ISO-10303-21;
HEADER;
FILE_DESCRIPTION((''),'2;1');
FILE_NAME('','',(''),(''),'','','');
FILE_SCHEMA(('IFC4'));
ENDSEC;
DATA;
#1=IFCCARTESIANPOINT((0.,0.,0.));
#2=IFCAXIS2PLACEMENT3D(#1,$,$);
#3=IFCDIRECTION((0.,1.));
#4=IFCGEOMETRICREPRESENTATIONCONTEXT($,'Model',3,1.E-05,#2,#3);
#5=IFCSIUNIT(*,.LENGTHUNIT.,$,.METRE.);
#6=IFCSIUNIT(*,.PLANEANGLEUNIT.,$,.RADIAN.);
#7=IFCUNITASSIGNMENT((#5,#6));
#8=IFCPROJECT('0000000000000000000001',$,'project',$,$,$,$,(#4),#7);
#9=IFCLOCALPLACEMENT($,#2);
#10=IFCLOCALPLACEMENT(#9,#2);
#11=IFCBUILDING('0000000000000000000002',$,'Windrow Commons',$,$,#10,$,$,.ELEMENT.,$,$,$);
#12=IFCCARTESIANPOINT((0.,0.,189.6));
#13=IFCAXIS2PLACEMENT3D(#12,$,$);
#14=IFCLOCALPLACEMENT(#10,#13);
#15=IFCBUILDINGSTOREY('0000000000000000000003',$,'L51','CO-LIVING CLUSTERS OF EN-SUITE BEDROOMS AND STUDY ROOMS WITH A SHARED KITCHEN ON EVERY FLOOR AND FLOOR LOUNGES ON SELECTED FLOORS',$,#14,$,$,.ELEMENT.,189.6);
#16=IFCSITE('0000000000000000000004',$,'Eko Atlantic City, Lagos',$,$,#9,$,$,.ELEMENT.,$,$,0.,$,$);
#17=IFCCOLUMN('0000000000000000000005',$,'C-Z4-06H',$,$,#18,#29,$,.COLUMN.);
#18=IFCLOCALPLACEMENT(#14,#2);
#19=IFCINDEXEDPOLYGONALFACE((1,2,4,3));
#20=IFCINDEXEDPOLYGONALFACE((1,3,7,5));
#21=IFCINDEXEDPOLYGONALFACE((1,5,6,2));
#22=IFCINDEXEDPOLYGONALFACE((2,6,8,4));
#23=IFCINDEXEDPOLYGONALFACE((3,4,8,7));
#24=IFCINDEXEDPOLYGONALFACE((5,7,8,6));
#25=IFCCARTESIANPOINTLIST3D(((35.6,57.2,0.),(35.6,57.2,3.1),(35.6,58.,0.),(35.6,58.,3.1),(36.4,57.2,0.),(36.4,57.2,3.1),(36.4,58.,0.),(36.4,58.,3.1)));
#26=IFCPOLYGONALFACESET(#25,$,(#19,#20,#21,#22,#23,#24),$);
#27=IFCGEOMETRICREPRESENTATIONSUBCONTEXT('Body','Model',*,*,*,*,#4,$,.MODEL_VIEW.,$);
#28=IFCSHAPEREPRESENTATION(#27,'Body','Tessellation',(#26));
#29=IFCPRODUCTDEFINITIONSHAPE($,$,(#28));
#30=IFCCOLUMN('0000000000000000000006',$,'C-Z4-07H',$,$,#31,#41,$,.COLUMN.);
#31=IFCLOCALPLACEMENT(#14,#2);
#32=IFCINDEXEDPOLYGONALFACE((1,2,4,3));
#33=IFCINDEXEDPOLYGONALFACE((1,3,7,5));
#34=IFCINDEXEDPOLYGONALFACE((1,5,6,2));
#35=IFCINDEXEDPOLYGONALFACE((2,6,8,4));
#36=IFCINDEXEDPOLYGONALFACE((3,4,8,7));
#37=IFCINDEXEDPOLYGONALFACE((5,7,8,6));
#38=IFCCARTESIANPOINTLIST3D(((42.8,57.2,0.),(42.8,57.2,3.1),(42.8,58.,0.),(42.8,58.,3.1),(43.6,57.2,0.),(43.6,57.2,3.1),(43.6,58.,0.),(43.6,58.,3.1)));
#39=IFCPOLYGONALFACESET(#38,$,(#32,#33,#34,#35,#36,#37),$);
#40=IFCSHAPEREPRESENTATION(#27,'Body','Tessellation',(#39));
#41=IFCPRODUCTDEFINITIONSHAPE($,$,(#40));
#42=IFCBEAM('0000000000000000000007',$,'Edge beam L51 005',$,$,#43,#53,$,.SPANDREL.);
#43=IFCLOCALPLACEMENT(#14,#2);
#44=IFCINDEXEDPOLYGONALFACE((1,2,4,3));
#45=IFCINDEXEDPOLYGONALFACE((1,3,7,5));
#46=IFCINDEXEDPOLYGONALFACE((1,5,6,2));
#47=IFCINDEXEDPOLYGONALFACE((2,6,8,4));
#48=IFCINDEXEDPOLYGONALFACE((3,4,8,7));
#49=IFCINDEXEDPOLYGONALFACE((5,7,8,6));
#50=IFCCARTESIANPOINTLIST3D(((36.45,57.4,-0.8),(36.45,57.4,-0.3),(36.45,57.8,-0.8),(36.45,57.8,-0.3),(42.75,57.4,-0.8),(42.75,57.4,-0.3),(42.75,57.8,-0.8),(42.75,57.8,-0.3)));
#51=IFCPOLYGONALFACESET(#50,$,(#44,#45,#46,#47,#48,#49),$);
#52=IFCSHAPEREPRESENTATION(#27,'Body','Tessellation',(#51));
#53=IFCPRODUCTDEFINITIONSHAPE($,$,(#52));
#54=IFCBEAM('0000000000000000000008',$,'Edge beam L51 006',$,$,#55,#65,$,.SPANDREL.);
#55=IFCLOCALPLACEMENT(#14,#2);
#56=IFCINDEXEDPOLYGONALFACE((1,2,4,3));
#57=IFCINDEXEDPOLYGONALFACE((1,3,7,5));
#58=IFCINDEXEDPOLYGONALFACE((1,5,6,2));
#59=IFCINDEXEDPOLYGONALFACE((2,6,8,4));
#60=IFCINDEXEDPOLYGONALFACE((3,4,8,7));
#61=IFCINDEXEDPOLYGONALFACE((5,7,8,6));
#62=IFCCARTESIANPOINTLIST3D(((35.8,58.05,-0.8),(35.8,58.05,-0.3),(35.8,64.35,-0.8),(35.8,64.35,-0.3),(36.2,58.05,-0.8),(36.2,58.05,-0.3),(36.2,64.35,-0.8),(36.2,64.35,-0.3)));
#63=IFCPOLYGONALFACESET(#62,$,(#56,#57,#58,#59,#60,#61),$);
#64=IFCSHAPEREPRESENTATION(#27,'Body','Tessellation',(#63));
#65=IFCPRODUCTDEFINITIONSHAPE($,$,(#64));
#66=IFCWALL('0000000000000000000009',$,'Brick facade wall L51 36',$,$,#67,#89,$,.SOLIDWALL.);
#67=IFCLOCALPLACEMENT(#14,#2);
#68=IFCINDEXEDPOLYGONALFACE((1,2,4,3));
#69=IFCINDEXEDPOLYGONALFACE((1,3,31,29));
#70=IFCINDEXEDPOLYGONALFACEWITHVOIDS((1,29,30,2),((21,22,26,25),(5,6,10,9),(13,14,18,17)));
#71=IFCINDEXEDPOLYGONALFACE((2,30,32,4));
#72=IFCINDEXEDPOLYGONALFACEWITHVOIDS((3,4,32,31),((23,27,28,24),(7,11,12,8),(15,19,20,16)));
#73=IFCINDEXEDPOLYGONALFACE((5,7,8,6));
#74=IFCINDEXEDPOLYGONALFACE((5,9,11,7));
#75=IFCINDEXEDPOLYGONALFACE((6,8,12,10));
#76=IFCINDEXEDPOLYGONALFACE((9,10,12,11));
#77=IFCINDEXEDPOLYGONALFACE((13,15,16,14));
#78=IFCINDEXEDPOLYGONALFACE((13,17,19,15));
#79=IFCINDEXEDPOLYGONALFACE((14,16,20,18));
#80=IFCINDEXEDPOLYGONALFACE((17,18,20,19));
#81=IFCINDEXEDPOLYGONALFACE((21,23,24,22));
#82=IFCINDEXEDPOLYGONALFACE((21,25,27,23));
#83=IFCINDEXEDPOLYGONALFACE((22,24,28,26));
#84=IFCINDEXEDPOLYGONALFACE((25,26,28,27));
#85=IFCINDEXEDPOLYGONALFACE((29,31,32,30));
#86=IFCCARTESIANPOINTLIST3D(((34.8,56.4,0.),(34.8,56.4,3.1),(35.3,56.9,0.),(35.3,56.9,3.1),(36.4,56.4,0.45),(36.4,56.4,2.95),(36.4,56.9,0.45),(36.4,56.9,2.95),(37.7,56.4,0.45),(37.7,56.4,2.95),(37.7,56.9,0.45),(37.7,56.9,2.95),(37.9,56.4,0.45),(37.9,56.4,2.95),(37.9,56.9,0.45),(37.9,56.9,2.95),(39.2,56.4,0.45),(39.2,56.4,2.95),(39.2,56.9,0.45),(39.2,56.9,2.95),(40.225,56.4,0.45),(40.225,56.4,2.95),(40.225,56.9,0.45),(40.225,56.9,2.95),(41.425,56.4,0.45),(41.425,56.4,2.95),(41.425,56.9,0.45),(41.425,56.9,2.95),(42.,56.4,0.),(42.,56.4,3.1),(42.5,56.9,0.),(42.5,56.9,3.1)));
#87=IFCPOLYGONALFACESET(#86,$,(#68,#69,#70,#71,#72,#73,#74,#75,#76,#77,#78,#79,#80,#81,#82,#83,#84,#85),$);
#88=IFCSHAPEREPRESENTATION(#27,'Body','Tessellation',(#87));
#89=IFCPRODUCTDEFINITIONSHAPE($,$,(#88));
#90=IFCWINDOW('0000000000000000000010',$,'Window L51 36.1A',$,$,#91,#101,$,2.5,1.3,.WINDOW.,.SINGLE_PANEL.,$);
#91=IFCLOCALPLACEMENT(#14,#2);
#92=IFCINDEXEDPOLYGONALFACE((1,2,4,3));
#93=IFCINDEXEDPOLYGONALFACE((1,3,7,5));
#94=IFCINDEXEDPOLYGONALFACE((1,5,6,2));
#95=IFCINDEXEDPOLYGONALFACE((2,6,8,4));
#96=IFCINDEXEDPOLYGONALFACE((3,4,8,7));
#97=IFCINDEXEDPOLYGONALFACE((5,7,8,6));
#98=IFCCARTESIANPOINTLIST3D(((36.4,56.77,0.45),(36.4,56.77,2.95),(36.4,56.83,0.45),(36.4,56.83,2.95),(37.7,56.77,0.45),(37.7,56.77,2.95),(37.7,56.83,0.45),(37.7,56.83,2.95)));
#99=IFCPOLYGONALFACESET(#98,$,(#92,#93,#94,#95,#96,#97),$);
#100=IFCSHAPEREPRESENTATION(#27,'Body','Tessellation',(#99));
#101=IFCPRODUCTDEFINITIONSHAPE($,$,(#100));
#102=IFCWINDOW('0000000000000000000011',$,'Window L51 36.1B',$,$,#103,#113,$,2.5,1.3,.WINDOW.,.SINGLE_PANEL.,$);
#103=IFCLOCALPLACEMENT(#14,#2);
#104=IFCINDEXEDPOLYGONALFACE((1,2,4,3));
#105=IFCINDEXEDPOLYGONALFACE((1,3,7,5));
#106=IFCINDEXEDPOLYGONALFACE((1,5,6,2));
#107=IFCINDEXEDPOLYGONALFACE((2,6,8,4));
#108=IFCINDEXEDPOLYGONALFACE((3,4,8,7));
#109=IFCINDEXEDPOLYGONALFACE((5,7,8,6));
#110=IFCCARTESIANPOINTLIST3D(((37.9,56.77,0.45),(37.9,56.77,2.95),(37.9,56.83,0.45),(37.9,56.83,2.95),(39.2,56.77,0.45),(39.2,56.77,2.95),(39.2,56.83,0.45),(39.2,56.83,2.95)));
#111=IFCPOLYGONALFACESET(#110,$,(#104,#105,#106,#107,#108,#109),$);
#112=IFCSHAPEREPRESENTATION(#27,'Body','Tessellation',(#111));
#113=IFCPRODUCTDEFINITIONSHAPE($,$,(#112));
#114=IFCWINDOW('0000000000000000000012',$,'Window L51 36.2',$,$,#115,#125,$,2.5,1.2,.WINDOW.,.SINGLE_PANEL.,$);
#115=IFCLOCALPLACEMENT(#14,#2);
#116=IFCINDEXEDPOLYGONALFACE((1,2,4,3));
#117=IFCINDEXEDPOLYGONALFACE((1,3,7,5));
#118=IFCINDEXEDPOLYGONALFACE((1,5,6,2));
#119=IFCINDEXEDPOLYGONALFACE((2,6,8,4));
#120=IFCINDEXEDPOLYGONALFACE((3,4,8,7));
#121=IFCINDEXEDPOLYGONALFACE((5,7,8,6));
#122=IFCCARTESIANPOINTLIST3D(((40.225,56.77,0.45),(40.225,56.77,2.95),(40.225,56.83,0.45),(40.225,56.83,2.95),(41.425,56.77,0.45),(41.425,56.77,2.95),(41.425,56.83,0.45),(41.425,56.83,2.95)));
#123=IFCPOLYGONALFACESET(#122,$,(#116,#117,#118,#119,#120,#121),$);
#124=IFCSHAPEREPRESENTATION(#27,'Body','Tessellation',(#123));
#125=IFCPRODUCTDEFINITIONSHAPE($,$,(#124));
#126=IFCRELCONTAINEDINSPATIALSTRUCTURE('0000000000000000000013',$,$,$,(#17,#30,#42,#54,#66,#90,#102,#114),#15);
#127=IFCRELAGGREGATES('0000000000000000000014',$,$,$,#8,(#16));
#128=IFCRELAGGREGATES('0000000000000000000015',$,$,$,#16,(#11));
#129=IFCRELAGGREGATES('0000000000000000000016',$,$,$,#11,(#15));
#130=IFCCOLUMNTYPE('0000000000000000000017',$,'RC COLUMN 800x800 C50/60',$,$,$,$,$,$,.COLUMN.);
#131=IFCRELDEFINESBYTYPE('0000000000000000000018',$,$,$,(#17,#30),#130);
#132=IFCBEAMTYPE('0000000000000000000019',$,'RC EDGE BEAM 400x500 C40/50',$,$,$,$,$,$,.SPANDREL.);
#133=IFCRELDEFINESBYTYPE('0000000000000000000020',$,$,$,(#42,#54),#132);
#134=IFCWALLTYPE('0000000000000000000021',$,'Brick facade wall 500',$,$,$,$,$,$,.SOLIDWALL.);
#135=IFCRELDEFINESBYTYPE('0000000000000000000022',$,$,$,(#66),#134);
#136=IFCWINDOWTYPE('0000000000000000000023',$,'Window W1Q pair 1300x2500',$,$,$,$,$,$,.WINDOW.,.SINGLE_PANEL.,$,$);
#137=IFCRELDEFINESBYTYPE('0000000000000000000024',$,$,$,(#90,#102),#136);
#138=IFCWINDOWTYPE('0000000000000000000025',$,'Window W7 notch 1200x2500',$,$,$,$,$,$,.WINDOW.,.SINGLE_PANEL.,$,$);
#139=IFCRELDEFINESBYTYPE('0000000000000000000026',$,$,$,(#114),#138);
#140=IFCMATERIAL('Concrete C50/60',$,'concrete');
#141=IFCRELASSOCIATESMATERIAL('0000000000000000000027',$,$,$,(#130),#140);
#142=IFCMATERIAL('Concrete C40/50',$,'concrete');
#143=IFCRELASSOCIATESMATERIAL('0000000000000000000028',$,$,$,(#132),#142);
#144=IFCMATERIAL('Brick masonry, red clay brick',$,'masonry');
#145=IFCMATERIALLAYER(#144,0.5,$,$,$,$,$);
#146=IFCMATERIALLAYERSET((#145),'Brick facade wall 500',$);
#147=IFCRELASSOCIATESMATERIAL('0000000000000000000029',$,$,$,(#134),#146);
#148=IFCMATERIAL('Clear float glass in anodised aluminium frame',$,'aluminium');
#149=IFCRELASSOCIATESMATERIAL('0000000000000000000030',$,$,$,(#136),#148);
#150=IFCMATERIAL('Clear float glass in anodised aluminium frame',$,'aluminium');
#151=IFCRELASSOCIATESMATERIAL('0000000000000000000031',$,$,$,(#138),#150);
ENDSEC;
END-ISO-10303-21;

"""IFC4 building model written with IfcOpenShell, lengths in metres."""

from ifc_helpers import new_model, si_unit, direction, frame, frame_2d, origin, origin_2d, place, context, subcontext, project, spatial, polyline, rectangle, outline, extrude, material, layer, layer_set, material_profile, profile_set, type_object, element, fill, save


model = new_model("IFC4")

# Units and contexts
model_context = context("Model", 3, precision=1e-05, world=origin(), true_north=direction((0.0, 1.0)))
body_context = subcontext(model_context, "Body", "Model", "MODEL_VIEW")
ifc_project = project(units=[si_unit("LENGTHUNIT", "METRE"), si_unit("PLANEANGLEUNIT", "RADIAN")], contexts=[model_context])

# Site, building, storey
site_placement = place(None, origin())
site = spatial("IfcSite", under=ifc_project, at=site_placement, Name="Eko Atlantic City, Lagos", CompositionType="ELEMENT", RefElevation=0.0)
building_placement = place(site_placement, origin())
building = spatial("IfcBuilding", under=site, at=building_placement, Name="Windrow Commons", CompositionType="ELEMENT")
storey_placement = place(building_placement, frame((0.0, 0.0, 189.6)))
storey = spatial("IfcBuildingStorey", under=building, at=storey_placement, Name="L51", Description="CO-LIVING CLUSTERS OF EN-SUITE BEDROOMS AND STUDY ROOMS WITH A SHARED KITCHEN ON EVERY FLOOR AND FLOOR LOUNGES ON SELECTED FLOORS", CompositionType="ELEMENT", Elevation=189.6)

# Columns
ifc_material_1 = material(Name="Concrete C50/60", Category="concrete")
ifc_material_profile_1 = material_profile(ifc_material_1, rectangle(XDim=0.8, YDim=0.8, at=origin_2d()))
ifc_profile_set_1 = profile_set([ifc_material_profile_1], Name="Concrete C50/60")
column_type = type_object("IfcColumnType", Name="RC COLUMN 800x800 C50/60", PredefinedType="COLUMN", material=ifc_profile_set_1)
for number, where, z_axis, x_axis, name in (
    (1, (36.0, 57.6, 0.0), (0.0, 0.0, 1.0), (1.0, 0.0, 0.0), "C-Z4-06H"),
    (2, (43.2, 57.6, 0.0), (0.0, 0.0, 1.0), (1.0, 0.0, 0.0), "C-Z4-07H"),
):
    element("IfcColumn", number, at=place(storey_placement, frame(where, z_axis=z_axis, x_axis=x_axis)), inside=storey, type_object=column_type, Name=name, PredefinedType="COLUMN", context=body_context, shape_type="SweptSolid", body=[
        extrude(rectangle(XDim=0.8, YDim=0.8, at=origin_2d()), origin(), (0.0, 0.0, 1.0), 3.1),
    ])

# Beams
ifc_material_2 = material(Name="Concrete C40/50", Category="concrete")
ifc_material_profile_2 = material_profile(ifc_material_2, rectangle(XDim=0.4, YDim=0.5, at=origin_2d()))
ifc_profile_set_2 = profile_set([ifc_material_profile_2], Name="Concrete C40/50")
beam_type = type_object("IfcBeamType", Name="RC EDGE BEAM 400x500 C40/50", PredefinedType="SPANDREL", material=ifc_profile_set_2)
for number, where, z_axis, x_axis, name in (
    (3, (42.75, 57.6, -0.55), (-1.0, 0.0, 0.0), (0.0, -1.0, 0.0), "Edge beam L51 005"),
    (4, (36.0, 58.05, -0.55), (0.0, 1.0, 0.0), (-1.0, 0.0, 0.0), "Edge beam L51 006"),
):
    element("IfcBeam", number, at=place(storey_placement, frame(where, z_axis=z_axis, x_axis=x_axis)), inside=storey, type_object=beam_type, Name=name, PredefinedType="SPANDREL", context=body_context, shape_type="SweptSolid", body=[
        extrude(rectangle(XDim=0.4, YDim=0.5, at=origin_2d()), origin(), (0.0, 0.0, 1.0), 6.3),
    ])

# Wall, openings, windows
ifc_material_3 = material(Name="Brick masonry, red clay brick", Category="masonry")
ifc_layer_1 = layer(ifc_material_3, 0.5)
ifc_layer_set_1 = layer_set([ifc_layer_1], Name="Brick facade wall 500")
wall_type_1 = type_object("IfcWallType", Name="Brick facade wall 500", PredefinedType="SOLIDWALL", material=ifc_layer_set_1)
wall_1_placement = place(storey_placement, frame((35.05, 56.65, 0.0), z_axis=(0.0, 0.0, 1.0), x_axis=(1.0, 0.0, 0.0)))
wall_1 = element("IfcWall", 5, at=wall_1_placement, inside=storey, type_object=wall_type_1, Name="Brick facade wall L51 36", PredefinedType="SOLIDWALL", context=body_context, shape_type="SweptSolid", body=[
    extrude(outline(polyline([(-0.25, -0.25), (6.95, -0.25), (7.45, 0.25), (0.25, 0.25), (-0.25, -0.25)])), origin(), (0.0, 0.0, 1.0), 3.1),
])
opening_1_placement = place(wall_1_placement, frame((1.35, 0.0, 0.45)))
opening_1 = element("IfcOpeningElement", 6, at=opening_1_placement, cuts=wall_1, PredefinedType="OPENING", context=body_context, shape_type="SweptSolid", body=[
    extrude(rectangle(XDim=1.3, YDim=2.5, at=frame_2d((0.65, 1.25))), frame((0.0, 0.26, 0.0), z_axis=(0.0, -1.0, 0.0), x_axis=(1.0, 0.0, 0.0)), (0.0, 0.0, 1.0), 0.52),
])
opening_2_placement = place(wall_1_placement, frame((2.85, 0.0, 0.45)))
opening_2 = element("IfcOpeningElement", 7, at=opening_2_placement, cuts=wall_1, PredefinedType="OPENING", context=body_context, shape_type="SweptSolid", body=[
    extrude(rectangle(XDim=1.3, YDim=2.5, at=frame_2d((0.65, 1.25))), frame((0.0, 0.26, 0.0), z_axis=(0.0, -1.0, 0.0), x_axis=(1.0, 0.0, 0.0)), (0.0, 0.0, 1.0), 0.52),
])
opening_3_placement = place(wall_1_placement, frame((5.175, 0.0, 0.45)))
opening_3 = element("IfcOpeningElement", 8, at=opening_3_placement, cuts=wall_1, PredefinedType="OPENING", context=body_context, shape_type="SweptSolid", body=[
    extrude(rectangle(XDim=1.2, YDim=2.5, at=frame_2d((0.6, 1.25))), frame((0.0, 0.26, 0.0), z_axis=(0.0, -1.0, 0.0), x_axis=(1.0, 0.0, 0.0)), (0.0, 0.0, 1.0), 0.52),
])
ifc_material_4 = material(Name="Clear float glass in anodised aluminium frame", Category="aluminium")
window_type_1 = type_object("IfcWindowType", Name="Window W1Q pair 1300x2500", PartitioningType="SINGLE_PANEL", PredefinedType="WINDOW", material=ifc_material_4)
window_1_placement = place(opening_1_placement, origin())
window_1 = element("IfcWindow", 9, at=window_1_placement, inside=storey, type_object=window_type_1, Name="Window L51 36.1A", OverallHeight=2.5, OverallWidth=1.3, PartitioningType="SINGLE_PANEL", PredefinedType="WINDOW", context=body_context, shape_type="SweptSolid", body=[
    extrude(rectangle(XDim=1.3, YDim=2.5, at=frame_2d((0.65, 1.25))), frame((0.0, 0.18, 0.0), z_axis=(0.0, -1.0, 0.0), x_axis=(1.0, 0.0, 0.0)), (0.0, 0.0, 1.0), 0.06),
])
fill(opening_1, window_1)
window_2_placement = place(opening_2_placement, origin())
window_2 = element("IfcWindow", 10, at=window_2_placement, inside=storey, type_object=window_type_1, Name="Window L51 36.1B", OverallHeight=2.5, OverallWidth=1.3, PartitioningType="SINGLE_PANEL", PredefinedType="WINDOW", context=body_context, shape_type="SweptSolid", body=[
    extrude(rectangle(XDim=1.3, YDim=2.5, at=frame_2d((0.65, 1.25))), frame((0.0, 0.18, 0.0), z_axis=(0.0, -1.0, 0.0), x_axis=(1.0, 0.0, 0.0)), (0.0, 0.0, 1.0), 0.06),
])
fill(opening_2, window_2)
ifc_material_5 = material(Name="Clear float glass in anodised aluminium frame", Category="aluminium")
window_type_2 = type_object("IfcWindowType", Name="Window W7 notch 1200x2500", PartitioningType="SINGLE_PANEL", PredefinedType="WINDOW", material=ifc_material_5)
window_3_placement = place(opening_3_placement, origin())
window_3 = element("IfcWindow", 11, at=window_3_placement, inside=storey, type_object=window_type_2, Name="Window L51 36.2", OverallHeight=2.5, OverallWidth=1.2, PartitioningType="SINGLE_PANEL", PredefinedType="WINDOW", context=body_context, shape_type="SweptSolid", body=[
    extrude(rectangle(XDim=1.2, YDim=2.5, at=frame_2d((0.6, 1.25))), frame((0.0, 0.18, 0.0), z_axis=(0.0, -1.0, 0.0), x_axis=(1.0, 0.0, 0.0)), (0.0, 0.0, 1.0), 0.06),
])
fill(opening_3, window_3)

save(model, "model.ifc")
